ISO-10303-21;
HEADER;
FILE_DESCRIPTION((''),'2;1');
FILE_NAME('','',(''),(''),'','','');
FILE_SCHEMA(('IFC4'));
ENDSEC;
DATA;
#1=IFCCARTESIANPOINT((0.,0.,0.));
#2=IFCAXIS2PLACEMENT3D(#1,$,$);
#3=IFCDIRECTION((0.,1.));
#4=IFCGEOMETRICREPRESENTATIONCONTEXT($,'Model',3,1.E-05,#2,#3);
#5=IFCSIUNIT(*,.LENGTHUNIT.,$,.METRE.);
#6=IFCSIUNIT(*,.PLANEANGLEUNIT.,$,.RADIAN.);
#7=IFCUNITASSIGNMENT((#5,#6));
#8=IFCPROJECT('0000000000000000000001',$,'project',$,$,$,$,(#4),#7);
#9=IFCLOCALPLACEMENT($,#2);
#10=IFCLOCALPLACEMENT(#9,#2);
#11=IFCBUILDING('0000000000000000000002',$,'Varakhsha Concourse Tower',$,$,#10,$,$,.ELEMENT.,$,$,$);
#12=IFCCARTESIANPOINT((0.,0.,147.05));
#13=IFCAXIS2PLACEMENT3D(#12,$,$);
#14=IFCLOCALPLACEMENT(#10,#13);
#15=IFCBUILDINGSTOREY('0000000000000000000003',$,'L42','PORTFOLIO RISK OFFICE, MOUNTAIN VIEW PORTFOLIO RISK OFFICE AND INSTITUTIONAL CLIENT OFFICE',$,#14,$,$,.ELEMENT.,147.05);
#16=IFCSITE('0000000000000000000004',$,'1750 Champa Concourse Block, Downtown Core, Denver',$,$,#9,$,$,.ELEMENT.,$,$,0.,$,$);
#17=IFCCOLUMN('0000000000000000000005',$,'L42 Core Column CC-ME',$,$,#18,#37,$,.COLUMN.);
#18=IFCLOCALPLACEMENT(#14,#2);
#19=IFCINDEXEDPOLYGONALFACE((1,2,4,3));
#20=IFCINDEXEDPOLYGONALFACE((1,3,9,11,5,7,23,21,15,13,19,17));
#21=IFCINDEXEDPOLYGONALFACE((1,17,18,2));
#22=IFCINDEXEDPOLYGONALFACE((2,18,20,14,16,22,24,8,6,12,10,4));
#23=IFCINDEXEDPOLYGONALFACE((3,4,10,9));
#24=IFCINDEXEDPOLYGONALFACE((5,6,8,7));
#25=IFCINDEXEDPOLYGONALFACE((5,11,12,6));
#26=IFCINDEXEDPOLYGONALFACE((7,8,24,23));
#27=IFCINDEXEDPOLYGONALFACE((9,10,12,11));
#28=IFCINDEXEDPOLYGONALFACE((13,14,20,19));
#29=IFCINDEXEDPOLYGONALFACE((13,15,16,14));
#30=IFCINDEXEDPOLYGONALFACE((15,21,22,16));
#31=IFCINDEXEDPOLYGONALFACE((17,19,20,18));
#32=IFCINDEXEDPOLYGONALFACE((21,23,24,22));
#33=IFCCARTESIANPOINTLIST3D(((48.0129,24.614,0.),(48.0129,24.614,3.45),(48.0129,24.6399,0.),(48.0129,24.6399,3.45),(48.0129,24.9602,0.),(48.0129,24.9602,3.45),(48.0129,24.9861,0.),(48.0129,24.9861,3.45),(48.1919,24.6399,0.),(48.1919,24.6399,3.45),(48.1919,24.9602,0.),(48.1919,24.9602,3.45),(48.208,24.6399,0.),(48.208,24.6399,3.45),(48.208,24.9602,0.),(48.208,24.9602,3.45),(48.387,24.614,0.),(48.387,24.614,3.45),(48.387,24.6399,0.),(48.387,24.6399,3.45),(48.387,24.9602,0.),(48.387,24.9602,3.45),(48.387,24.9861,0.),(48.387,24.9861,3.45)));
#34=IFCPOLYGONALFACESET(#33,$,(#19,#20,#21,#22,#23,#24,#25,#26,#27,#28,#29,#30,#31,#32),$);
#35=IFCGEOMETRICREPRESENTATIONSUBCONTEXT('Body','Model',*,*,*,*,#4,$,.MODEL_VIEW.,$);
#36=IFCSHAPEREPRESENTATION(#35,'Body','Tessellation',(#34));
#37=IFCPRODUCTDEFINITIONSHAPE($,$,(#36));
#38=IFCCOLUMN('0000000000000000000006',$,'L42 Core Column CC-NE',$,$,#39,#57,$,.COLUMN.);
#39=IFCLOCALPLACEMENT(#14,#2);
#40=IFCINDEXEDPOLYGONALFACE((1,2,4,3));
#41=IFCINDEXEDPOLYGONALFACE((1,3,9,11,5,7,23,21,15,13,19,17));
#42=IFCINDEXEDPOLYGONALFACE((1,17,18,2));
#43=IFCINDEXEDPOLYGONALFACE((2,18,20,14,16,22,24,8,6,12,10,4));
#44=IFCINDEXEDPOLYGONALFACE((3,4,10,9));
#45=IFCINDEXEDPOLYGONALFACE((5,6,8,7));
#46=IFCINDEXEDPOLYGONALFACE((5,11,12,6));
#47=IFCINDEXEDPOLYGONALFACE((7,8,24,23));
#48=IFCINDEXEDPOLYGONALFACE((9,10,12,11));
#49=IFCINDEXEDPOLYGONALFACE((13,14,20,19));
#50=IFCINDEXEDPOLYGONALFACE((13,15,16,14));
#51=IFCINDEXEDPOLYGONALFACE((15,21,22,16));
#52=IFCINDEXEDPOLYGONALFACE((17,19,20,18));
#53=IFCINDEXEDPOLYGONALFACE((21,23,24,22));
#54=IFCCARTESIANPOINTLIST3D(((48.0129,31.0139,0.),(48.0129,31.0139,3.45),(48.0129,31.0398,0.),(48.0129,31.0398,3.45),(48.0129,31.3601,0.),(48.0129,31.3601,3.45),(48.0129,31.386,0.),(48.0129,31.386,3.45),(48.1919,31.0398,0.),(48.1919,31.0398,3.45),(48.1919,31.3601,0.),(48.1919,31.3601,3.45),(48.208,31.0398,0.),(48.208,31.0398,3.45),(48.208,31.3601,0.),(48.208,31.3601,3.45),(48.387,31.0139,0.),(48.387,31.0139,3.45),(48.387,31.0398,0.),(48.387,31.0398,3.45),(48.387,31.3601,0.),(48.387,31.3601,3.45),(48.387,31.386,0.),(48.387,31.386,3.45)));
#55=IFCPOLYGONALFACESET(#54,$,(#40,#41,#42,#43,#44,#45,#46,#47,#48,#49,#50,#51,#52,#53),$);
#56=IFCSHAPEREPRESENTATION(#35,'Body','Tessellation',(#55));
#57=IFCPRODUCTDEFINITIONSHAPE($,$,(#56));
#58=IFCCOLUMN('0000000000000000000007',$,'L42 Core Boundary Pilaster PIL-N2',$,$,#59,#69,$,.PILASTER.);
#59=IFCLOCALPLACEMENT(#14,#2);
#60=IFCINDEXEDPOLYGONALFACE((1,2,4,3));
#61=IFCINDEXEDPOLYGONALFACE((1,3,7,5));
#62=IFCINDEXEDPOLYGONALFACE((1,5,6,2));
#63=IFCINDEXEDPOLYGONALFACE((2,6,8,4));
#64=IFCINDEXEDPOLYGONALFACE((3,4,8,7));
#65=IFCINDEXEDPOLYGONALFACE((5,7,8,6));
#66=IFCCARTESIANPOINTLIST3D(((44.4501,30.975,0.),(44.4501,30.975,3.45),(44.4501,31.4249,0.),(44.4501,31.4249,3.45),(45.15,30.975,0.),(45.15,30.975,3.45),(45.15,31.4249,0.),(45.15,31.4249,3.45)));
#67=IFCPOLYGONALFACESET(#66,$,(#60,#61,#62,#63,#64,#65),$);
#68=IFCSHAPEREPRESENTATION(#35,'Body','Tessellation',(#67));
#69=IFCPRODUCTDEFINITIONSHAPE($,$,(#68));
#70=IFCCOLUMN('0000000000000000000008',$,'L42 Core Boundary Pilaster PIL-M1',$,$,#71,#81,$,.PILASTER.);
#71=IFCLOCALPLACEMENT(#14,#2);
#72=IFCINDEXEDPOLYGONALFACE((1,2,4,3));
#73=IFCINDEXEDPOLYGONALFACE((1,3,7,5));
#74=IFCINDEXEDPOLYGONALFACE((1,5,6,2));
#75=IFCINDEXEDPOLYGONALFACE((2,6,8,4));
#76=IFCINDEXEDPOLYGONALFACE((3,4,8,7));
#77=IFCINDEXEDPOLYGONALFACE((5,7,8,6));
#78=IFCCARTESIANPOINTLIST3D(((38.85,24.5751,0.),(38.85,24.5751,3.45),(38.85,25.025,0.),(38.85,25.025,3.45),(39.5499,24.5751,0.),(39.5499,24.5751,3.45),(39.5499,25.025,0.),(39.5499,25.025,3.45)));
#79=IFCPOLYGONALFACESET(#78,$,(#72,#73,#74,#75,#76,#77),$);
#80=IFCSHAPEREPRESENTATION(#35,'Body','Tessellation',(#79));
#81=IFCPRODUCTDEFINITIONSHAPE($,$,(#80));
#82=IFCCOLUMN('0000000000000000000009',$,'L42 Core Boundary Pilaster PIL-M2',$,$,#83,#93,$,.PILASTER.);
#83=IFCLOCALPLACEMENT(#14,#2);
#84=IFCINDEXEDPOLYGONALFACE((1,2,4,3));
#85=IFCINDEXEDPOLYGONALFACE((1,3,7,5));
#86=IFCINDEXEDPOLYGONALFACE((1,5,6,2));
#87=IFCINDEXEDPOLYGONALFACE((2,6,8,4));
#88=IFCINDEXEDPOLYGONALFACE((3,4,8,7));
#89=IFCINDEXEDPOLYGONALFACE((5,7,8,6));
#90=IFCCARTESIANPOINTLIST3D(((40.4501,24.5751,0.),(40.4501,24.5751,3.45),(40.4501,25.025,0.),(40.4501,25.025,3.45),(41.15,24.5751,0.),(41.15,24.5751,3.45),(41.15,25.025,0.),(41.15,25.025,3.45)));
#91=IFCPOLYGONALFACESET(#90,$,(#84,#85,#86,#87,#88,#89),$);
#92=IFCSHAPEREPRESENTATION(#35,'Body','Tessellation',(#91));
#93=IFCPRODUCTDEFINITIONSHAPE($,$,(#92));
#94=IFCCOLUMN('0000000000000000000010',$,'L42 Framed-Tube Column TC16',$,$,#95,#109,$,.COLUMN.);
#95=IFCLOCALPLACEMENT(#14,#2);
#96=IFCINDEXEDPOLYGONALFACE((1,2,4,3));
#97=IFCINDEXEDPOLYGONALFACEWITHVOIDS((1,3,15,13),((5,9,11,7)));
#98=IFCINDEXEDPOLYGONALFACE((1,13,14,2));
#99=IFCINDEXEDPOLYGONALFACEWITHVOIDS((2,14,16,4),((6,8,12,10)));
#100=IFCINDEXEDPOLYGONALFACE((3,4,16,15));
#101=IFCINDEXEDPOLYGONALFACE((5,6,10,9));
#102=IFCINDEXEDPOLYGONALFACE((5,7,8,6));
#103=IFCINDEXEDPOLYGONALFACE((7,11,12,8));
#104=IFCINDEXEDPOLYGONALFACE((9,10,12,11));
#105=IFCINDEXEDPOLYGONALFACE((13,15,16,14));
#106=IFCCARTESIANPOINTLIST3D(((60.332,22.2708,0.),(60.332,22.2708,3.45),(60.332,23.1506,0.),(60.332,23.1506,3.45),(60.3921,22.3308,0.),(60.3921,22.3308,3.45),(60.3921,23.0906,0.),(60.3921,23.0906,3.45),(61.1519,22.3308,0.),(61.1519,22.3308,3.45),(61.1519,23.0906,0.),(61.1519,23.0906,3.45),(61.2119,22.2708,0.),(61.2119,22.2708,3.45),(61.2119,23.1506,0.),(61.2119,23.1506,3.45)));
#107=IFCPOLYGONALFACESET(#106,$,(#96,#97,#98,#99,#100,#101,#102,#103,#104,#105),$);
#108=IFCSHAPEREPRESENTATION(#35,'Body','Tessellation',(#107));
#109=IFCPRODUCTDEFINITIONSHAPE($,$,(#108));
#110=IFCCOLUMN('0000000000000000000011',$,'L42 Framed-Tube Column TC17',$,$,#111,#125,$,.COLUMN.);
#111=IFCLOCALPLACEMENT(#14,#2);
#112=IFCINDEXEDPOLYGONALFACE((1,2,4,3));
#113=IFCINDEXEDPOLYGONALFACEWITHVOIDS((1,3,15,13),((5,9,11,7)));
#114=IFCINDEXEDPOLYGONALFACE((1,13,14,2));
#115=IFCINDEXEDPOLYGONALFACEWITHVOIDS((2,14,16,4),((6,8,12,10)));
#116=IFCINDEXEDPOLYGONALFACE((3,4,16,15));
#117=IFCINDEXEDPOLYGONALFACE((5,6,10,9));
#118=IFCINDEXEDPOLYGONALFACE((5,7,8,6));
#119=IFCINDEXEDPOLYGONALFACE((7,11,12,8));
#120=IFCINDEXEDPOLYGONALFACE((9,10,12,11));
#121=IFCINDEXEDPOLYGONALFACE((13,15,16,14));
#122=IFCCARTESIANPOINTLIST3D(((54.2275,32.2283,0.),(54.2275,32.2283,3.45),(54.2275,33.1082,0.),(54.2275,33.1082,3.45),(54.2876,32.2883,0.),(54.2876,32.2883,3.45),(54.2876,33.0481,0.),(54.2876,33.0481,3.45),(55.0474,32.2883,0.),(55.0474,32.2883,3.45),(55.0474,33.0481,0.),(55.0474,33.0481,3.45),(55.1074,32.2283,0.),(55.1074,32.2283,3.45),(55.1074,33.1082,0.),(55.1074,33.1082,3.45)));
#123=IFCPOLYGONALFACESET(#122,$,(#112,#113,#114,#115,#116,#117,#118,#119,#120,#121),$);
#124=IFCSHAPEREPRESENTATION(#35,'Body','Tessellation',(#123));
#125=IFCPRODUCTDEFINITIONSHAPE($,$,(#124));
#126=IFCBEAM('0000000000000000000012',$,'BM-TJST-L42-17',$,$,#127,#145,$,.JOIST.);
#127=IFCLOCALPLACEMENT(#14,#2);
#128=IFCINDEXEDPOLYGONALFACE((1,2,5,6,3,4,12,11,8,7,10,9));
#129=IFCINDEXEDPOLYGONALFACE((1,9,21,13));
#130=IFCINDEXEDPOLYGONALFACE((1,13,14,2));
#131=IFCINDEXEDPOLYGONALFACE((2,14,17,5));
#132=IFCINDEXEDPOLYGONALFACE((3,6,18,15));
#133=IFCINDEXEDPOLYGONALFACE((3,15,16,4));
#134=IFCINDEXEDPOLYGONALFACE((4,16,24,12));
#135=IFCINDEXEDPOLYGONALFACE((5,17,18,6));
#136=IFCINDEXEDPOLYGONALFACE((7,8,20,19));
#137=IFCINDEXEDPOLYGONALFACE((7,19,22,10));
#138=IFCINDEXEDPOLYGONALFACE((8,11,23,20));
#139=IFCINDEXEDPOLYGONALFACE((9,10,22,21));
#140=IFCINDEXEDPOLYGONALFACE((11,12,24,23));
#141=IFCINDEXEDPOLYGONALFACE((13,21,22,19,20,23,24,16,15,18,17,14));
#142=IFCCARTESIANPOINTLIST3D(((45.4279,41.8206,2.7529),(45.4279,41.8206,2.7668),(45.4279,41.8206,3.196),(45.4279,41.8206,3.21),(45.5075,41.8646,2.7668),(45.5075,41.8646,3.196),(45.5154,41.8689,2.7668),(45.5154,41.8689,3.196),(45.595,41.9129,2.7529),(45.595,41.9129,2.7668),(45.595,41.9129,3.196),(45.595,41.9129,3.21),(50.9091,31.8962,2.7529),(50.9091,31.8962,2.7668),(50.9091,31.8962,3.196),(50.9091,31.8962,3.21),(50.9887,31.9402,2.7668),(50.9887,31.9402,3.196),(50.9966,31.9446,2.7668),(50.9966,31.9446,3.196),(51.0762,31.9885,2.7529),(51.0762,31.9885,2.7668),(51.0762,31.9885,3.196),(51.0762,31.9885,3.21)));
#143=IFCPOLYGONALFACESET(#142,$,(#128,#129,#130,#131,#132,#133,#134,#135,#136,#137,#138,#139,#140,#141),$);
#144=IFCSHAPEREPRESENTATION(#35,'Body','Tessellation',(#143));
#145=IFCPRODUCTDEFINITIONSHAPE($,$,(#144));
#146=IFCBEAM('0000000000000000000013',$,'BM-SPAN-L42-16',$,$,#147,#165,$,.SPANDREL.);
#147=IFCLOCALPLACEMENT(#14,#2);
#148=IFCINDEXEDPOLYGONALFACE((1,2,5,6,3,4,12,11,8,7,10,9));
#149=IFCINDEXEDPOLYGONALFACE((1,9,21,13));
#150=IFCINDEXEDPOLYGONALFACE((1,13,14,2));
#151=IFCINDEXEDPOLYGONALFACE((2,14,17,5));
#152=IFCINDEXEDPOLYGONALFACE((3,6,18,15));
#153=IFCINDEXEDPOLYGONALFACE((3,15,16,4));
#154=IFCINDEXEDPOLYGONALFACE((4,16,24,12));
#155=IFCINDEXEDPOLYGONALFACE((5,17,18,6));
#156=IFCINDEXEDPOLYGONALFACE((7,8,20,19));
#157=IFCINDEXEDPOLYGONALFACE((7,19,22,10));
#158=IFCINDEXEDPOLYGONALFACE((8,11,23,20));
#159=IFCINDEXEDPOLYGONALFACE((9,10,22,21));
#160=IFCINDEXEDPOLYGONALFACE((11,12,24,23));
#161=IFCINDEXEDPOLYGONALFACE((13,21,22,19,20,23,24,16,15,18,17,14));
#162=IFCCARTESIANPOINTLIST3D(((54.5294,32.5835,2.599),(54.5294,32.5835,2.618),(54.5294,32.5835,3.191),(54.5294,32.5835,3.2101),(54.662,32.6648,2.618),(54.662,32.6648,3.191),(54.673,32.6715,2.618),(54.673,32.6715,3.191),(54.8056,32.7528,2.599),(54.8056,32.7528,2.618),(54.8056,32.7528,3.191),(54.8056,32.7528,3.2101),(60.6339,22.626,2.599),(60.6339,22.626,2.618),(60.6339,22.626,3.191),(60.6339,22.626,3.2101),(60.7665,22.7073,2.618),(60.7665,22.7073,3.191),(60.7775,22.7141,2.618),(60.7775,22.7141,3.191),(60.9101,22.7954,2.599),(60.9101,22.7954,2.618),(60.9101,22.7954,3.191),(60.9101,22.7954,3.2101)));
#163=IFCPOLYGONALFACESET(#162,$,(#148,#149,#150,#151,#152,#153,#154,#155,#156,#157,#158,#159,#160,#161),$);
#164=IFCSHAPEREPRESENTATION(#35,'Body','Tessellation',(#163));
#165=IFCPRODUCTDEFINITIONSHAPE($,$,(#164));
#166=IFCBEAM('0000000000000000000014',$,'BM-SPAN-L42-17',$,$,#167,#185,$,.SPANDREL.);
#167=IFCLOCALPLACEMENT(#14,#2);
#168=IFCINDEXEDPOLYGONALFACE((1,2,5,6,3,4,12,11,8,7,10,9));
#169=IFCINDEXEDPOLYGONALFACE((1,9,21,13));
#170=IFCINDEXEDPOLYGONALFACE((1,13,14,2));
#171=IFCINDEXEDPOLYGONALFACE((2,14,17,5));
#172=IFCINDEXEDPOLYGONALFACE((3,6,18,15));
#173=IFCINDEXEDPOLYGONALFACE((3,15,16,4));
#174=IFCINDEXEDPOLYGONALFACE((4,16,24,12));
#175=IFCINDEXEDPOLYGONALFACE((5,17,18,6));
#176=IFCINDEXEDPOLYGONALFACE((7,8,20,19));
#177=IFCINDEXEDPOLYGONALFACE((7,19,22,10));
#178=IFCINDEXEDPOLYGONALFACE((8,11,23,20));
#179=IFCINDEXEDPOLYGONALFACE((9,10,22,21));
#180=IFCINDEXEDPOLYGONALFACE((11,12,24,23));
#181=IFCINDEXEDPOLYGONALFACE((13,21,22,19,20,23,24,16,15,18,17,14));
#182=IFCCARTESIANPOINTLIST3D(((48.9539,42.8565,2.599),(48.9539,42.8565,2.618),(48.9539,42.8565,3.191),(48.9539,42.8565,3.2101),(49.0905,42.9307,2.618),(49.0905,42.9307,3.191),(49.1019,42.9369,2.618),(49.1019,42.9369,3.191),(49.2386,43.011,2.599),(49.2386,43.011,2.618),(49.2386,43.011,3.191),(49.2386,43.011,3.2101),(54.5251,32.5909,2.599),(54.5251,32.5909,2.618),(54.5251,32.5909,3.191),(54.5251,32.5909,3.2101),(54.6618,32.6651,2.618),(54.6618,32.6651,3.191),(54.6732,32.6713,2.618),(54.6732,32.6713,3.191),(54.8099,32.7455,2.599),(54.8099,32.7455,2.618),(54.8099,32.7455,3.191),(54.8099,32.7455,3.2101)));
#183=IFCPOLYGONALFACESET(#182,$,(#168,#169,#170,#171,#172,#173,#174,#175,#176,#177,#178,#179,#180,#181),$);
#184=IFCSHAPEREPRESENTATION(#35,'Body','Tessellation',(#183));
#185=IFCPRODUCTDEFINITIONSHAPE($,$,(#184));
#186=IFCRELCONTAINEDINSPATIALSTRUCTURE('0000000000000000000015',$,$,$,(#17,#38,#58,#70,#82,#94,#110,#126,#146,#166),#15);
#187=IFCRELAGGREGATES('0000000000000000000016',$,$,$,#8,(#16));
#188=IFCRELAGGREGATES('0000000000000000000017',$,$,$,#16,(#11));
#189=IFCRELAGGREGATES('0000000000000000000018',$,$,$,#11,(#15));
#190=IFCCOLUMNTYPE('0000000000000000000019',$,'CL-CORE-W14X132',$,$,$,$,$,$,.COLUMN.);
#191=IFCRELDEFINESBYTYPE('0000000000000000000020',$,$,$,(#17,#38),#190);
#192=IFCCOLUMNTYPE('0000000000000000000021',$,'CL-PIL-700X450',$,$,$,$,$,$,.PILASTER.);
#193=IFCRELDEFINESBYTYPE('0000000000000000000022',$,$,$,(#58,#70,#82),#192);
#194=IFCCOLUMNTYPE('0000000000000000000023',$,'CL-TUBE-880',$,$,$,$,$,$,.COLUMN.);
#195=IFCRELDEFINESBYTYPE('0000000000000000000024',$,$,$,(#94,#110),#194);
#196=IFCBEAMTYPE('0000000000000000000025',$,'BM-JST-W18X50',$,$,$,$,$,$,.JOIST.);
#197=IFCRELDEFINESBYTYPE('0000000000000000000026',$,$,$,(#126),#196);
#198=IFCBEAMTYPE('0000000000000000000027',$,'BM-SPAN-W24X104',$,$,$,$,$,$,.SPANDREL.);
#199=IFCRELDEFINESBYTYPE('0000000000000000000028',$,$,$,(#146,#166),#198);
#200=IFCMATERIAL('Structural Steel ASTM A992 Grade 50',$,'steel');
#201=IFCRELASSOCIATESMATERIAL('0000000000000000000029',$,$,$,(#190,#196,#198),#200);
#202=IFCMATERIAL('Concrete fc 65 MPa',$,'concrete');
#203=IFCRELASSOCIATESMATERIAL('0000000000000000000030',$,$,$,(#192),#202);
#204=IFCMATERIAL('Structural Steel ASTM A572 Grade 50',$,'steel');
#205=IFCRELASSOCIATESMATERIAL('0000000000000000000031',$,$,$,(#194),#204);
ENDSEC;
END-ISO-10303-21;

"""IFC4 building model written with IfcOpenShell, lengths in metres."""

from ifc_helpers import new_model, si_unit, direction, frame, origin, origin_2d, place, context, subcontext, project, spatial, rectangle, hollow_rectangle, i_section, extrude, material, material_profile, profile_set, type_object, element, save


model = new_model("IFC4")

# Units and contexts
model_context = context("Model", 3, precision=1e-05, world=origin(), true_north=direction((0.0, 1.0)))
body_context = subcontext(model_context, "Body", "Model", "MODEL_VIEW")
ifc_project = project(units=[si_unit("LENGTHUNIT", "METRE"), si_unit("PLANEANGLEUNIT", "RADIAN")], contexts=[model_context])

# Site, building, storey
site_placement = place(None, origin())
site = spatial("IfcSite", under=ifc_project, at=site_placement, Name="1750 Champa Concourse Block, Downtown Core, Denver", CompositionType="ELEMENT", RefElevation=0.0)
building_placement = place(site_placement, origin())
building = spatial("IfcBuilding", under=site, at=building_placement, Name="Varakhsha Concourse Tower", CompositionType="ELEMENT")
storey_placement = place(building_placement, frame((0.0, 0.0, 147.05)))
storey = spatial("IfcBuildingStorey", under=building, at=storey_placement, Name="L42", Description="PORTFOLIO RISK OFFICE, MOUNTAIN VIEW PORTFOLIO RISK OFFICE AND INSTITUTIONAL CLIENT OFFICE", CompositionType="ELEMENT", Elevation=147.05)

# Columns
ifc_material_1 = material(Name="Structural Steel ASTM A992 Grade 50", Category="steel")
ifc_material_profile_1 = material_profile(ifc_material_1, i_section(OverallWidth=0.374, OverallDepth=0.3721, WebThickness=0.0161, FlangeThickness=0.0259, at=origin_2d()), Name="W14X132")
ifc_profile_set_1 = profile_set([ifc_material_profile_1], Name="Structural Steel ASTM A992 Grade 50")
column_type_1 = type_object("IfcColumnType", Name="CL-CORE-W14X132", PredefinedType="COLUMN", material=ifc_profile_set_1)
for number, where, z_axis, x_axis, name in (
    (1, (48.2, 24.8, 0.0), (0.0, 0.0, 1.0), (1.0, 0.0, 0.0), "L42 Core Column CC-ME"),
    (2, (48.2, 31.2, 0.0), (0.0, 0.0, 1.0), (1.0, 0.0, 0.0), "L42 Core Column CC-NE"),
):
    element("IfcColumn", number, at=place(storey_placement, frame(where, z_axis=z_axis, x_axis=x_axis)), inside=storey, type_object=column_type_1, Name=name, PredefinedType="COLUMN", context=body_context, shape_type="SweptSolid", body=[
        extrude(i_section(OverallWidth=0.374, OverallDepth=0.3721, WebThickness=0.0161, FlangeThickness=0.0259, at=origin_2d()), origin(), (0.0, 0.0, 1.0), 3.45),
    ])
ifc_material_2 = material(Name="Concrete fc 65 MPa", Category="concrete")
ifc_material_profile_2 = material_profile(ifc_material_2, rectangle(XDim=0.7, YDim=0.45, at=origin_2d()), Name="RC 700x450")
ifc_profile_set_2 = profile_set([ifc_material_profile_2], Name="Concrete fc 65 MPa")
column_type_2 = type_object("IfcColumnType", Name="CL-PIL-700X450", PredefinedType="PILASTER", material=ifc_profile_set_2)
for number, where, z_axis, x_axis, name in (
    (3, (44.8, 31.2, 0.0), (0.0, 0.0, 1.0), (1.0, 0.0, 0.0), "L42 Core Boundary Pilaster PIL-N2"),
    (4, (39.2, 24.8, 0.0), (0.0, 0.0, 1.0), (1.0, 0.0, 0.0), "L42 Core Boundary Pilaster PIL-M1"),
    (5, (40.8, 24.8, 0.0), (0.0, 0.0, 1.0), (1.0, 0.0, 0.0), "L42 Core Boundary Pilaster PIL-M2"),
):
    element("IfcColumn", number, at=place(storey_placement, frame(where, z_axis=z_axis, x_axis=x_axis)), inside=storey, type_object=column_type_2, Name=name, PredefinedType="PILASTER", context=body_context, shape_type="SweptSolid", body=[
        extrude(rectangle(XDim=0.7, YDim=0.45, at=origin_2d()), origin(), (0.0, 0.0, 1.0), 3.45),
    ])
ifc_material_3 = material(Name="Structural Steel ASTM A572 Grade 50", Category="steel")
ifc_material_profile_3 = material_profile(ifc_material_3, hollow_rectangle(XDim=0.8799, YDim=0.8799, WallThickness=0.0601, at=origin_2d()), Name="BOX 880x880x60")
ifc_profile_set_3 = profile_set([ifc_material_profile_3], Name="Structural Steel ASTM A572 Grade 50")
column_type_3 = type_object("IfcColumnType", Name="CL-TUBE-880", PredefinedType="COLUMN", material=ifc_profile_set_3)
for number, where, z_axis, x_axis, name in (
    (6, (60.772, 22.7107, 0.0), (0.0, 0.0, 1.0), (1.0, 0.0, 0.0), "L42 Framed-Tube Column TC16"),
    (7, (54.6675, 32.6682, 0.0), (0.0, 0.0, 1.0), (1.0, 0.0, 0.0), "L42 Framed-Tube Column TC17"),
):
    element("IfcColumn", number, at=place(storey_placement, frame(where, z_axis=z_axis, x_axis=x_axis)), inside=storey, type_object=column_type_3, Name=name, PredefinedType="COLUMN", context=body_context, shape_type="SweptSolid", body=[
        extrude(hollow_rectangle(XDim=0.8799, YDim=0.8799, WallThickness=0.0601, at=origin_2d()), origin(), (0.0, 0.0, 1.0), 3.45),
    ])

# Beams
ifc_material_profile_4 = material_profile(ifc_material_1, i_section(OverallWidth=0.1909, OverallDepth=0.457, WebThickness=0.009, FlangeThickness=0.0139, at=origin_2d()), Name="W18X50")
ifc_profile_set_4 = profile_set([ifc_material_profile_4], Name="Structural Steel ASTM A992 Grade 50")
beam_type_1 = type_object("IfcBeamType", Name="BM-JST-W18X50", PredefinedType="JOIST", material=ifc_profile_set_4)
beam_1_placement = place(storey_placement, frame((50.9927, 31.9424, 2.9814), z_axis=(-0.483464, 0.875364, 0.0), x_axis=(-0.875364, -0.483464, 0.0)))
element("IfcBeam", 8, at=beam_1_placement, inside=storey, type_object=beam_type_1, Name="BM-TJST-L42-17", PredefinedType="JOIST", context=body_context, shape_type="SweptSolid", body=[
    extrude(i_section(OverallWidth=0.1909, OverallDepth=0.457, WebThickness=0.009, FlangeThickness=0.0139, at=origin_2d()), origin(), (0.0, 0.0, 1.0), 11.3374),
])
ifc_material_profile_5 = material_profile(ifc_material_1, i_section(OverallWidth=0.324, OverallDepth=0.6111, WebThickness=0.0129, FlangeThickness=0.019, at=origin_2d()), Name="W24X104")
ifc_profile_set_5 = profile_set([ifc_material_profile_5], Name="Structural Steel ASTM A992 Grade 50")
beam_type_2 = type_object("IfcBeamType", Name="BM-SPAN-W24X104", PredefinedType="SPANDREL", material=ifc_profile_set_5)
beam_2_placement = place(storey_placement, frame((60.772, 22.7107, 2.9045), z_axis=(-0.522655, 0.852544, 0.0), x_axis=(-0.852544, -0.522655, 0.0)))
element("IfcBeam", 9, at=beam_2_placement, inside=storey, type_object=beam_type_2, Name="BM-SPAN-L42-16", PredefinedType="SPANDREL", context=body_context, shape_type="SweptSolid", body=[
    extrude(i_section(OverallWidth=0.324, OverallDepth=0.6111, WebThickness=0.0129, FlangeThickness=0.019, at=origin_2d()), origin(), (0.0, 0.0, 1.0), 11.6797),
])
beam_3_placement = place(storey_placement, frame((54.6675, 32.6682, 2.9045), z_axis=(-0.476994, 0.878907, 0.0), x_axis=(-0.878907, -0.476994, 0.0)))
element("IfcBeam", 10, at=beam_3_placement, inside=storey, type_object=beam_type_2, Name="BM-SPAN-L42-17", PredefinedType="SPANDREL", context=body_context, shape_type="SweptSolid", body=[
    extrude(i_section(OverallWidth=0.324, OverallDepth=0.6111, WebThickness=0.0129, FlangeThickness=0.019, at=origin_2d()), origin(), (0.0, 0.0, 1.0), 11.6799),
])

save(model, "model.ifc")
